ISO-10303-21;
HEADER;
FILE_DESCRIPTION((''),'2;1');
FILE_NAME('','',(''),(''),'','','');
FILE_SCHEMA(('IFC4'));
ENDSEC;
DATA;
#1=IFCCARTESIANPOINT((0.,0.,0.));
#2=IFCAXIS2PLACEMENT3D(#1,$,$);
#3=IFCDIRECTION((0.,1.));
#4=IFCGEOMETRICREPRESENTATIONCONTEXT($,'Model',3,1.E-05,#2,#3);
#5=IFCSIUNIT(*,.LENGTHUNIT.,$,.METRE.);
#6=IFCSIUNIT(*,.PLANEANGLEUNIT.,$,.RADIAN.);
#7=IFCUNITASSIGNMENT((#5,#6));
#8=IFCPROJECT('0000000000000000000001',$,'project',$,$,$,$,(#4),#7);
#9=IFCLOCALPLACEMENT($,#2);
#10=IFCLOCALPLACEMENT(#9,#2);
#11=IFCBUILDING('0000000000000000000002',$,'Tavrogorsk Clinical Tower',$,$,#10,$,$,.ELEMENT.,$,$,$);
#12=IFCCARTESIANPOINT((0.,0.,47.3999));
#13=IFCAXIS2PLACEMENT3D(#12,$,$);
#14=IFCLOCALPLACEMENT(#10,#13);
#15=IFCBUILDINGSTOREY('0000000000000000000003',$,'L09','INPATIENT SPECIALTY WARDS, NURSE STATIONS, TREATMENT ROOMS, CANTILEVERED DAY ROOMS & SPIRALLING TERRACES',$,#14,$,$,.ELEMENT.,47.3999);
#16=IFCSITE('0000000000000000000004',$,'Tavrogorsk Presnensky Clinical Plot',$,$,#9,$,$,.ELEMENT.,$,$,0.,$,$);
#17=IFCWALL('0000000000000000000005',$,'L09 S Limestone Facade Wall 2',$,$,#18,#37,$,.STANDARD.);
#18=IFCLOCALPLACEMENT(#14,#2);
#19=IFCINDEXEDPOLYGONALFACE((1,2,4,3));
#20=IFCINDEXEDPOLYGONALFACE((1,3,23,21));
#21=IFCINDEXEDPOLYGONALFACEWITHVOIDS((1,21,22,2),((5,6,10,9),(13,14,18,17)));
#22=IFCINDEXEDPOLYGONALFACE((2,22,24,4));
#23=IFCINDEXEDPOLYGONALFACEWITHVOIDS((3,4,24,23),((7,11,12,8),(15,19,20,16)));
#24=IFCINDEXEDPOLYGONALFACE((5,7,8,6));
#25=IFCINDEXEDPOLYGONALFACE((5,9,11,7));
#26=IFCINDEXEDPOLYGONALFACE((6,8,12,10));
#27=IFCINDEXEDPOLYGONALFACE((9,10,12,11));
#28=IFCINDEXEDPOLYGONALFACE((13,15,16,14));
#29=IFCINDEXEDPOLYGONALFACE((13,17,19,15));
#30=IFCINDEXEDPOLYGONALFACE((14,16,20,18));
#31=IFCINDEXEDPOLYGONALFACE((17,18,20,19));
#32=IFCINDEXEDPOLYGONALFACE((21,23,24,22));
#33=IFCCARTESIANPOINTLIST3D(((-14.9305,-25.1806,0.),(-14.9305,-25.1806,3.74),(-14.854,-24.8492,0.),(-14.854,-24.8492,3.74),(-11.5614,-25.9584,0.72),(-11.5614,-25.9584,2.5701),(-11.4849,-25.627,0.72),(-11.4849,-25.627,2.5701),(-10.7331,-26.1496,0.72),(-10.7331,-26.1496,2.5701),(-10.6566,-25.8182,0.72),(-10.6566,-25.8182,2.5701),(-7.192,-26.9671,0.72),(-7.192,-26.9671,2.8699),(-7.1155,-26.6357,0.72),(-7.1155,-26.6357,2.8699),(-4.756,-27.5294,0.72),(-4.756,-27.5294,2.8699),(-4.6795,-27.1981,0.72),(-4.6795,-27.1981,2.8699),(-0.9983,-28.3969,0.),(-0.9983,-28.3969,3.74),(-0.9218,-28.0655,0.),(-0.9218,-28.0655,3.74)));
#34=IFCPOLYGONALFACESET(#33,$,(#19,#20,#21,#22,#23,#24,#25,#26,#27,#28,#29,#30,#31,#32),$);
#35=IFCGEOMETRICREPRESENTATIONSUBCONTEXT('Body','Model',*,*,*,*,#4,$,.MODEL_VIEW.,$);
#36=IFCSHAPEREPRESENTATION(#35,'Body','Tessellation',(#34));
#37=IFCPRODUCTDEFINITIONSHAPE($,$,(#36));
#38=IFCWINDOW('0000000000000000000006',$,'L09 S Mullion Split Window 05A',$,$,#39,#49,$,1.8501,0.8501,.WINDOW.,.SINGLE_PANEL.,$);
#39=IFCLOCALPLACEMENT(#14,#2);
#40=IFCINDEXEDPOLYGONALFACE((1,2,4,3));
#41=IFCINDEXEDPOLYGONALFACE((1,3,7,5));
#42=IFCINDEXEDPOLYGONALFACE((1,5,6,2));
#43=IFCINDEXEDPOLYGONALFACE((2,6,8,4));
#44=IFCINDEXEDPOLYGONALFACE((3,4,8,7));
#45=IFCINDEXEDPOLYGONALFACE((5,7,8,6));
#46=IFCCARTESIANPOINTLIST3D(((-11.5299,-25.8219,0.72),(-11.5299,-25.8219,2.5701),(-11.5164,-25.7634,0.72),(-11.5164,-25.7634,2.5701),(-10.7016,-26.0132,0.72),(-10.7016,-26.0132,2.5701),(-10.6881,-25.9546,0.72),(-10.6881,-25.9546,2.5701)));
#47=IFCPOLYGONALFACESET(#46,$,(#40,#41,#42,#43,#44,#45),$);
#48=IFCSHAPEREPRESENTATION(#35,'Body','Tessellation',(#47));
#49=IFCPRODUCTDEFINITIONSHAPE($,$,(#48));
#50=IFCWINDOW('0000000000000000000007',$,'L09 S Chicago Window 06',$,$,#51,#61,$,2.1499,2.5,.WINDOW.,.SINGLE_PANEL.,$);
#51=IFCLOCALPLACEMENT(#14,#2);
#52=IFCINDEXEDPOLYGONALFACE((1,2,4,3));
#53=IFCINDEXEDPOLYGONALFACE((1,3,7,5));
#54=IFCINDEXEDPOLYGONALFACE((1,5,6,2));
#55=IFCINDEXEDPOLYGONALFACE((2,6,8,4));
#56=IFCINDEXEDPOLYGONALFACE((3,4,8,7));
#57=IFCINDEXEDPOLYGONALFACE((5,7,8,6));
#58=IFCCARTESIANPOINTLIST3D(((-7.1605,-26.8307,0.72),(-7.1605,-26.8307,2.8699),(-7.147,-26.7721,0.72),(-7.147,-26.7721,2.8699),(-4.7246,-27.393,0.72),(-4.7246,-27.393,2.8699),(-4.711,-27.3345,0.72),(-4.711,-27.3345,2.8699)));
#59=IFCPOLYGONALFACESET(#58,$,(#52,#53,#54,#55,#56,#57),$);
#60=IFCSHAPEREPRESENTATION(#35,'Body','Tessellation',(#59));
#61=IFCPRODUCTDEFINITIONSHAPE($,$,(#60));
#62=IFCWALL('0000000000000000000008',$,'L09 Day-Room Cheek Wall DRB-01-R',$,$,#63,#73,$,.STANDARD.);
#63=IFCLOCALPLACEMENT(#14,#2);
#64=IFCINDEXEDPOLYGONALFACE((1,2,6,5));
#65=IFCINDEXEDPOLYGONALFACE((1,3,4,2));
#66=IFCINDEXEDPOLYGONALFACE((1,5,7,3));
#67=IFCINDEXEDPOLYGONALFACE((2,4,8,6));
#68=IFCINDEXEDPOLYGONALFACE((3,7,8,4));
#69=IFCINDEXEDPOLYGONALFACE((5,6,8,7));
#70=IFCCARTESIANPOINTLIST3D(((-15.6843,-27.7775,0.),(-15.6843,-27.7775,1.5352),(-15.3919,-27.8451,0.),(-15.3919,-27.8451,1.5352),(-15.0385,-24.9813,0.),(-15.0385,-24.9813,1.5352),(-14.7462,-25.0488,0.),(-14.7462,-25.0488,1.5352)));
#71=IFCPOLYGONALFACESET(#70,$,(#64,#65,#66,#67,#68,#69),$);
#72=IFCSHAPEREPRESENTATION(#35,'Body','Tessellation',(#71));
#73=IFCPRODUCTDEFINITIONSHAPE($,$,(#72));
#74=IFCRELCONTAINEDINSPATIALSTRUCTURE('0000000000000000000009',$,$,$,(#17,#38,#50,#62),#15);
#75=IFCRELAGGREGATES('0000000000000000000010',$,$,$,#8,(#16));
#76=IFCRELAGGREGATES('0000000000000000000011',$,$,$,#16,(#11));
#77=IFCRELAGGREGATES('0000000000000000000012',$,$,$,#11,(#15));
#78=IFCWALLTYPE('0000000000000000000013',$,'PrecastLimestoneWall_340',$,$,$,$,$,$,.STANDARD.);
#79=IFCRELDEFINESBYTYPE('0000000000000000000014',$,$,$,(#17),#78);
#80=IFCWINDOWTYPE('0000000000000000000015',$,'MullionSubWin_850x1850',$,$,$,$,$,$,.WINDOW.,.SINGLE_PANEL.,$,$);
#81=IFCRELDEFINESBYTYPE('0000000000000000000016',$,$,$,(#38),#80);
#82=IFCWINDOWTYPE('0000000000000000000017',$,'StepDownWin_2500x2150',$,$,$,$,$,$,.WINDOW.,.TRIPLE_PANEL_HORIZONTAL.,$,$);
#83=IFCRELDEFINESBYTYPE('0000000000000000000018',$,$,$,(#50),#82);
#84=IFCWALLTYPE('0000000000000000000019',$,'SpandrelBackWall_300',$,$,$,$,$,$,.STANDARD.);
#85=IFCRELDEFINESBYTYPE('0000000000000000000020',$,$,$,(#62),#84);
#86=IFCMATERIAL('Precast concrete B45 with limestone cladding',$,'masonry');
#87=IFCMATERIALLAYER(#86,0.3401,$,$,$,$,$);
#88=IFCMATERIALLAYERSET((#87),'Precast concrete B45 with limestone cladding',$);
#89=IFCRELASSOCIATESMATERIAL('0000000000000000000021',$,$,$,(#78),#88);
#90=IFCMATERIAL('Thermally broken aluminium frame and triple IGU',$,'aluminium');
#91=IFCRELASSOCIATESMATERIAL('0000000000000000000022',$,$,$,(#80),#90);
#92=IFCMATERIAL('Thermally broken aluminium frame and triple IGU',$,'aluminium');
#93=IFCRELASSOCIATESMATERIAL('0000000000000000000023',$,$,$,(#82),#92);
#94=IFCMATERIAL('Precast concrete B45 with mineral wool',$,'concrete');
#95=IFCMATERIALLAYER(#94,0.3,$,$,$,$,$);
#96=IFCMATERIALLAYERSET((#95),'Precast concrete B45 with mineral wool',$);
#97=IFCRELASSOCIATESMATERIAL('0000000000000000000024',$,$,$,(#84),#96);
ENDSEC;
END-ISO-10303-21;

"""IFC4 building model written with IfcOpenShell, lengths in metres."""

from ifc_helpers import new_model, si_unit, direction, frame, frame_2d, origin, place, context, subcontext, project, spatial, rectangle, extrude, material, layer, layer_set, type_object, element, fill, save


model = new_model("IFC4")

# Units and contexts
model_context = context("Model", 3, precision=1e-05, world=origin(), true_north=direction((0.0, 1.0)))
body_context = subcontext(model_context, "Body", "Model", "MODEL_VIEW")
ifc_project = project(units=[si_unit("LENGTHUNIT", "METRE"), si_unit("PLANEANGLEUNIT", "RADIAN")], contexts=[model_context])

# Site, building, storey
site_placement = place(None, origin())
site = spatial("IfcSite", under=ifc_project, at=site_placement, Name="Tavrogorsk Presnensky Clinical Plot", CompositionType="ELEMENT", RefElevation=0.0)
building_placement = place(site_placement, origin())
building = spatial("IfcBuilding", under=site, at=building_placement, Name="Tavrogorsk Clinical Tower", CompositionType="ELEMENT")
storey_placement = place(building_placement, frame((0.0, 0.0, 47.3999)))
storey = spatial("IfcBuildingStorey", under=building, at=storey_placement, Name="L09", Description="INPATIENT SPECIALTY WARDS, NURSE STATIONS, TREATMENT ROOMS, CANTILEVERED DAY ROOMS & SPIRALLING TERRACES", CompositionType="ELEMENT", Elevation=47.3999)

# Wall, openings, windows
ifc_material_1 = material(Name="Precast concrete B45 with limestone cladding", Category="masonry")
ifc_layer_1 = layer(ifc_material_1, 0.3401)
ifc_layer_set_1 = layer_set([ifc_layer_1], Name="Precast concrete B45 with limestone cladding")
wall_type_1 = type_object("IfcWallType", Name="PrecastLimestoneWall_340", PredefinedType="STANDARD", material=ifc_layer_set_1)
wall_1_placement = place(storey_placement, frame((-14.8923, -25.0149, 0.0), z_axis=(0.0, 0.0, 1.0), x_axis=(0.974373, -0.224939, 0.0)))
wall_1 = element("IfcWall", 1, at=wall_1_placement, inside=storey, type_object=wall_type_1, Name="L09 S Limestone Facade Wall 2", PredefinedType="STANDARD", context=body_context, shape_type="SweptSolid", body=[
    extrude(rectangle(XDim=14.2986, YDim=0.3401, at=frame_2d((7.1494, 0.0))), origin(), (0.0, 0.0, 1.0), 3.74),
])
opening_1_placement = place(wall_1_placement, frame((3.4578, 0.0, 0.72)))
opening_1 = element("IfcOpeningElement", 2, at=opening_1_placement, cuts=wall_1, PredefinedType="OPENING", context=body_context, shape_type="SweptSolid", body=[
    extrude(rectangle(XDim=0.8501, YDim=1.8501, at=frame_2d((0.425, 0.925))), frame((0.0, 0.1799, 0.0), z_axis=(0.0, -1.0, 0.0), x_axis=(1.0, 0.0, 0.0)), (0.0, 0.0, 1.0), 0.3601),
])
opening_2_placement = place(wall_1_placement, frame((7.9421, 0.0, 0.72)))
opening_2 = element("IfcOpeningElement", 3, at=opening_2_placement, cuts=wall_1, PredefinedType="OPENING", context=body_context, shape_type="SweptSolid", body=[
    extrude(rectangle(XDim=2.5, YDim=2.1499, at=frame_2d((1.25, 1.075))), frame((0.0, 0.1799, 0.0), z_axis=(0.0, -1.0, 0.0), x_axis=(1.0, 0.0, 0.0)), (0.0, 0.0, 1.0), 0.3601),
])
ifc_material_2 = material(Name="Thermally broken aluminium frame and triple IGU", Category="aluminium")
window_type_1 = type_object("IfcWindowType", Name="MullionSubWin_850x1850", PartitioningType="SINGLE_PANEL", PredefinedType="WINDOW", material=ifc_material_2)
window_1_placement = place(opening_1_placement, origin())
window_1 = element("IfcWindow", 4, at=window_1_placement, inside=storey, type_object=window_type_1, Name="L09 S Mullion Split Window 05A", OverallHeight=1.8501, OverallWidth=0.8501, PartitioningType="SINGLE_PANEL", PredefinedType="WINDOW", context=body_context, shape_type="SweptSolid", body=[
    extrude(rectangle(XDim=0.8501, YDim=1.8501, at=frame_2d((0.425, 0.925))), frame((0.0, 0.03, 0.0), z_axis=(0.0, -1.0, 0.0), x_axis=(1.0, 0.0, 0.0)), (0.0, 0.0, 1.0), 0.0601),
])
fill(opening_1, window_1)
ifc_material_3 = material(Name="Thermally broken aluminium frame and triple IGU", Category="aluminium")
window_type_2 = type_object("IfcWindowType", Name="StepDownWin_2500x2150", PartitioningType="TRIPLE_PANEL_HORIZONTAL", PredefinedType="WINDOW", material=ifc_material_3)
window_2_placement = place(opening_2_placement, origin())
window_2 = element("IfcWindow", 5, at=window_2_placement, inside=storey, type_object=window_type_2, Name="L09 S Chicago Window 06", OverallHeight=2.1499, OverallWidth=2.5, PartitioningType="SINGLE_PANEL", PredefinedType="WINDOW", context=body_context, shape_type="SweptSolid", body=[
    extrude(rectangle(XDim=2.5, YDim=2.1499, at=frame_2d((1.25, 1.075))), frame((0.0, 0.03, 0.0), z_axis=(0.0, -1.0, 0.0), x_axis=(1.0, 0.0, 0.0)), (0.0, 0.0, 1.0), 0.0601),
])
fill(opening_2, window_2)

# Wall
ifc_material_4 = material(Name="Precast concrete B45 with mineral wool", Category="concrete")
ifc_layer_2 = layer(ifc_material_4, 0.3)
ifc_layer_set_2 = layer_set([ifc_layer_2], Name="Precast concrete B45 with mineral wool")
wall_type_2 = type_object("IfcWallType", Name="SpandrelBackWall_300", PredefinedType="STANDARD", material=ifc_layer_set_2)
wall_2_placement = place(storey_placement, frame((-14.8923, -25.0149, 0.0), z_axis=(0.0, 0.0, 1.0), x_axis=(-0.225002, -0.974358, 0.0)))
element("IfcWall", 6, at=wall_2_placement, inside=storey, type_object=wall_type_2, Name="L09 Day-Room Cheek Wall DRB-01-R", PredefinedType="STANDARD", context=body_context, shape_type="SweptSolid", body=[
    extrude(rectangle(XDim=2.8699, YDim=0.3, at=frame_2d((1.4351, 0.0))), origin(), (0.0, 0.0, 1.0), 1.5352),
])

save(model, "model.ifc")
